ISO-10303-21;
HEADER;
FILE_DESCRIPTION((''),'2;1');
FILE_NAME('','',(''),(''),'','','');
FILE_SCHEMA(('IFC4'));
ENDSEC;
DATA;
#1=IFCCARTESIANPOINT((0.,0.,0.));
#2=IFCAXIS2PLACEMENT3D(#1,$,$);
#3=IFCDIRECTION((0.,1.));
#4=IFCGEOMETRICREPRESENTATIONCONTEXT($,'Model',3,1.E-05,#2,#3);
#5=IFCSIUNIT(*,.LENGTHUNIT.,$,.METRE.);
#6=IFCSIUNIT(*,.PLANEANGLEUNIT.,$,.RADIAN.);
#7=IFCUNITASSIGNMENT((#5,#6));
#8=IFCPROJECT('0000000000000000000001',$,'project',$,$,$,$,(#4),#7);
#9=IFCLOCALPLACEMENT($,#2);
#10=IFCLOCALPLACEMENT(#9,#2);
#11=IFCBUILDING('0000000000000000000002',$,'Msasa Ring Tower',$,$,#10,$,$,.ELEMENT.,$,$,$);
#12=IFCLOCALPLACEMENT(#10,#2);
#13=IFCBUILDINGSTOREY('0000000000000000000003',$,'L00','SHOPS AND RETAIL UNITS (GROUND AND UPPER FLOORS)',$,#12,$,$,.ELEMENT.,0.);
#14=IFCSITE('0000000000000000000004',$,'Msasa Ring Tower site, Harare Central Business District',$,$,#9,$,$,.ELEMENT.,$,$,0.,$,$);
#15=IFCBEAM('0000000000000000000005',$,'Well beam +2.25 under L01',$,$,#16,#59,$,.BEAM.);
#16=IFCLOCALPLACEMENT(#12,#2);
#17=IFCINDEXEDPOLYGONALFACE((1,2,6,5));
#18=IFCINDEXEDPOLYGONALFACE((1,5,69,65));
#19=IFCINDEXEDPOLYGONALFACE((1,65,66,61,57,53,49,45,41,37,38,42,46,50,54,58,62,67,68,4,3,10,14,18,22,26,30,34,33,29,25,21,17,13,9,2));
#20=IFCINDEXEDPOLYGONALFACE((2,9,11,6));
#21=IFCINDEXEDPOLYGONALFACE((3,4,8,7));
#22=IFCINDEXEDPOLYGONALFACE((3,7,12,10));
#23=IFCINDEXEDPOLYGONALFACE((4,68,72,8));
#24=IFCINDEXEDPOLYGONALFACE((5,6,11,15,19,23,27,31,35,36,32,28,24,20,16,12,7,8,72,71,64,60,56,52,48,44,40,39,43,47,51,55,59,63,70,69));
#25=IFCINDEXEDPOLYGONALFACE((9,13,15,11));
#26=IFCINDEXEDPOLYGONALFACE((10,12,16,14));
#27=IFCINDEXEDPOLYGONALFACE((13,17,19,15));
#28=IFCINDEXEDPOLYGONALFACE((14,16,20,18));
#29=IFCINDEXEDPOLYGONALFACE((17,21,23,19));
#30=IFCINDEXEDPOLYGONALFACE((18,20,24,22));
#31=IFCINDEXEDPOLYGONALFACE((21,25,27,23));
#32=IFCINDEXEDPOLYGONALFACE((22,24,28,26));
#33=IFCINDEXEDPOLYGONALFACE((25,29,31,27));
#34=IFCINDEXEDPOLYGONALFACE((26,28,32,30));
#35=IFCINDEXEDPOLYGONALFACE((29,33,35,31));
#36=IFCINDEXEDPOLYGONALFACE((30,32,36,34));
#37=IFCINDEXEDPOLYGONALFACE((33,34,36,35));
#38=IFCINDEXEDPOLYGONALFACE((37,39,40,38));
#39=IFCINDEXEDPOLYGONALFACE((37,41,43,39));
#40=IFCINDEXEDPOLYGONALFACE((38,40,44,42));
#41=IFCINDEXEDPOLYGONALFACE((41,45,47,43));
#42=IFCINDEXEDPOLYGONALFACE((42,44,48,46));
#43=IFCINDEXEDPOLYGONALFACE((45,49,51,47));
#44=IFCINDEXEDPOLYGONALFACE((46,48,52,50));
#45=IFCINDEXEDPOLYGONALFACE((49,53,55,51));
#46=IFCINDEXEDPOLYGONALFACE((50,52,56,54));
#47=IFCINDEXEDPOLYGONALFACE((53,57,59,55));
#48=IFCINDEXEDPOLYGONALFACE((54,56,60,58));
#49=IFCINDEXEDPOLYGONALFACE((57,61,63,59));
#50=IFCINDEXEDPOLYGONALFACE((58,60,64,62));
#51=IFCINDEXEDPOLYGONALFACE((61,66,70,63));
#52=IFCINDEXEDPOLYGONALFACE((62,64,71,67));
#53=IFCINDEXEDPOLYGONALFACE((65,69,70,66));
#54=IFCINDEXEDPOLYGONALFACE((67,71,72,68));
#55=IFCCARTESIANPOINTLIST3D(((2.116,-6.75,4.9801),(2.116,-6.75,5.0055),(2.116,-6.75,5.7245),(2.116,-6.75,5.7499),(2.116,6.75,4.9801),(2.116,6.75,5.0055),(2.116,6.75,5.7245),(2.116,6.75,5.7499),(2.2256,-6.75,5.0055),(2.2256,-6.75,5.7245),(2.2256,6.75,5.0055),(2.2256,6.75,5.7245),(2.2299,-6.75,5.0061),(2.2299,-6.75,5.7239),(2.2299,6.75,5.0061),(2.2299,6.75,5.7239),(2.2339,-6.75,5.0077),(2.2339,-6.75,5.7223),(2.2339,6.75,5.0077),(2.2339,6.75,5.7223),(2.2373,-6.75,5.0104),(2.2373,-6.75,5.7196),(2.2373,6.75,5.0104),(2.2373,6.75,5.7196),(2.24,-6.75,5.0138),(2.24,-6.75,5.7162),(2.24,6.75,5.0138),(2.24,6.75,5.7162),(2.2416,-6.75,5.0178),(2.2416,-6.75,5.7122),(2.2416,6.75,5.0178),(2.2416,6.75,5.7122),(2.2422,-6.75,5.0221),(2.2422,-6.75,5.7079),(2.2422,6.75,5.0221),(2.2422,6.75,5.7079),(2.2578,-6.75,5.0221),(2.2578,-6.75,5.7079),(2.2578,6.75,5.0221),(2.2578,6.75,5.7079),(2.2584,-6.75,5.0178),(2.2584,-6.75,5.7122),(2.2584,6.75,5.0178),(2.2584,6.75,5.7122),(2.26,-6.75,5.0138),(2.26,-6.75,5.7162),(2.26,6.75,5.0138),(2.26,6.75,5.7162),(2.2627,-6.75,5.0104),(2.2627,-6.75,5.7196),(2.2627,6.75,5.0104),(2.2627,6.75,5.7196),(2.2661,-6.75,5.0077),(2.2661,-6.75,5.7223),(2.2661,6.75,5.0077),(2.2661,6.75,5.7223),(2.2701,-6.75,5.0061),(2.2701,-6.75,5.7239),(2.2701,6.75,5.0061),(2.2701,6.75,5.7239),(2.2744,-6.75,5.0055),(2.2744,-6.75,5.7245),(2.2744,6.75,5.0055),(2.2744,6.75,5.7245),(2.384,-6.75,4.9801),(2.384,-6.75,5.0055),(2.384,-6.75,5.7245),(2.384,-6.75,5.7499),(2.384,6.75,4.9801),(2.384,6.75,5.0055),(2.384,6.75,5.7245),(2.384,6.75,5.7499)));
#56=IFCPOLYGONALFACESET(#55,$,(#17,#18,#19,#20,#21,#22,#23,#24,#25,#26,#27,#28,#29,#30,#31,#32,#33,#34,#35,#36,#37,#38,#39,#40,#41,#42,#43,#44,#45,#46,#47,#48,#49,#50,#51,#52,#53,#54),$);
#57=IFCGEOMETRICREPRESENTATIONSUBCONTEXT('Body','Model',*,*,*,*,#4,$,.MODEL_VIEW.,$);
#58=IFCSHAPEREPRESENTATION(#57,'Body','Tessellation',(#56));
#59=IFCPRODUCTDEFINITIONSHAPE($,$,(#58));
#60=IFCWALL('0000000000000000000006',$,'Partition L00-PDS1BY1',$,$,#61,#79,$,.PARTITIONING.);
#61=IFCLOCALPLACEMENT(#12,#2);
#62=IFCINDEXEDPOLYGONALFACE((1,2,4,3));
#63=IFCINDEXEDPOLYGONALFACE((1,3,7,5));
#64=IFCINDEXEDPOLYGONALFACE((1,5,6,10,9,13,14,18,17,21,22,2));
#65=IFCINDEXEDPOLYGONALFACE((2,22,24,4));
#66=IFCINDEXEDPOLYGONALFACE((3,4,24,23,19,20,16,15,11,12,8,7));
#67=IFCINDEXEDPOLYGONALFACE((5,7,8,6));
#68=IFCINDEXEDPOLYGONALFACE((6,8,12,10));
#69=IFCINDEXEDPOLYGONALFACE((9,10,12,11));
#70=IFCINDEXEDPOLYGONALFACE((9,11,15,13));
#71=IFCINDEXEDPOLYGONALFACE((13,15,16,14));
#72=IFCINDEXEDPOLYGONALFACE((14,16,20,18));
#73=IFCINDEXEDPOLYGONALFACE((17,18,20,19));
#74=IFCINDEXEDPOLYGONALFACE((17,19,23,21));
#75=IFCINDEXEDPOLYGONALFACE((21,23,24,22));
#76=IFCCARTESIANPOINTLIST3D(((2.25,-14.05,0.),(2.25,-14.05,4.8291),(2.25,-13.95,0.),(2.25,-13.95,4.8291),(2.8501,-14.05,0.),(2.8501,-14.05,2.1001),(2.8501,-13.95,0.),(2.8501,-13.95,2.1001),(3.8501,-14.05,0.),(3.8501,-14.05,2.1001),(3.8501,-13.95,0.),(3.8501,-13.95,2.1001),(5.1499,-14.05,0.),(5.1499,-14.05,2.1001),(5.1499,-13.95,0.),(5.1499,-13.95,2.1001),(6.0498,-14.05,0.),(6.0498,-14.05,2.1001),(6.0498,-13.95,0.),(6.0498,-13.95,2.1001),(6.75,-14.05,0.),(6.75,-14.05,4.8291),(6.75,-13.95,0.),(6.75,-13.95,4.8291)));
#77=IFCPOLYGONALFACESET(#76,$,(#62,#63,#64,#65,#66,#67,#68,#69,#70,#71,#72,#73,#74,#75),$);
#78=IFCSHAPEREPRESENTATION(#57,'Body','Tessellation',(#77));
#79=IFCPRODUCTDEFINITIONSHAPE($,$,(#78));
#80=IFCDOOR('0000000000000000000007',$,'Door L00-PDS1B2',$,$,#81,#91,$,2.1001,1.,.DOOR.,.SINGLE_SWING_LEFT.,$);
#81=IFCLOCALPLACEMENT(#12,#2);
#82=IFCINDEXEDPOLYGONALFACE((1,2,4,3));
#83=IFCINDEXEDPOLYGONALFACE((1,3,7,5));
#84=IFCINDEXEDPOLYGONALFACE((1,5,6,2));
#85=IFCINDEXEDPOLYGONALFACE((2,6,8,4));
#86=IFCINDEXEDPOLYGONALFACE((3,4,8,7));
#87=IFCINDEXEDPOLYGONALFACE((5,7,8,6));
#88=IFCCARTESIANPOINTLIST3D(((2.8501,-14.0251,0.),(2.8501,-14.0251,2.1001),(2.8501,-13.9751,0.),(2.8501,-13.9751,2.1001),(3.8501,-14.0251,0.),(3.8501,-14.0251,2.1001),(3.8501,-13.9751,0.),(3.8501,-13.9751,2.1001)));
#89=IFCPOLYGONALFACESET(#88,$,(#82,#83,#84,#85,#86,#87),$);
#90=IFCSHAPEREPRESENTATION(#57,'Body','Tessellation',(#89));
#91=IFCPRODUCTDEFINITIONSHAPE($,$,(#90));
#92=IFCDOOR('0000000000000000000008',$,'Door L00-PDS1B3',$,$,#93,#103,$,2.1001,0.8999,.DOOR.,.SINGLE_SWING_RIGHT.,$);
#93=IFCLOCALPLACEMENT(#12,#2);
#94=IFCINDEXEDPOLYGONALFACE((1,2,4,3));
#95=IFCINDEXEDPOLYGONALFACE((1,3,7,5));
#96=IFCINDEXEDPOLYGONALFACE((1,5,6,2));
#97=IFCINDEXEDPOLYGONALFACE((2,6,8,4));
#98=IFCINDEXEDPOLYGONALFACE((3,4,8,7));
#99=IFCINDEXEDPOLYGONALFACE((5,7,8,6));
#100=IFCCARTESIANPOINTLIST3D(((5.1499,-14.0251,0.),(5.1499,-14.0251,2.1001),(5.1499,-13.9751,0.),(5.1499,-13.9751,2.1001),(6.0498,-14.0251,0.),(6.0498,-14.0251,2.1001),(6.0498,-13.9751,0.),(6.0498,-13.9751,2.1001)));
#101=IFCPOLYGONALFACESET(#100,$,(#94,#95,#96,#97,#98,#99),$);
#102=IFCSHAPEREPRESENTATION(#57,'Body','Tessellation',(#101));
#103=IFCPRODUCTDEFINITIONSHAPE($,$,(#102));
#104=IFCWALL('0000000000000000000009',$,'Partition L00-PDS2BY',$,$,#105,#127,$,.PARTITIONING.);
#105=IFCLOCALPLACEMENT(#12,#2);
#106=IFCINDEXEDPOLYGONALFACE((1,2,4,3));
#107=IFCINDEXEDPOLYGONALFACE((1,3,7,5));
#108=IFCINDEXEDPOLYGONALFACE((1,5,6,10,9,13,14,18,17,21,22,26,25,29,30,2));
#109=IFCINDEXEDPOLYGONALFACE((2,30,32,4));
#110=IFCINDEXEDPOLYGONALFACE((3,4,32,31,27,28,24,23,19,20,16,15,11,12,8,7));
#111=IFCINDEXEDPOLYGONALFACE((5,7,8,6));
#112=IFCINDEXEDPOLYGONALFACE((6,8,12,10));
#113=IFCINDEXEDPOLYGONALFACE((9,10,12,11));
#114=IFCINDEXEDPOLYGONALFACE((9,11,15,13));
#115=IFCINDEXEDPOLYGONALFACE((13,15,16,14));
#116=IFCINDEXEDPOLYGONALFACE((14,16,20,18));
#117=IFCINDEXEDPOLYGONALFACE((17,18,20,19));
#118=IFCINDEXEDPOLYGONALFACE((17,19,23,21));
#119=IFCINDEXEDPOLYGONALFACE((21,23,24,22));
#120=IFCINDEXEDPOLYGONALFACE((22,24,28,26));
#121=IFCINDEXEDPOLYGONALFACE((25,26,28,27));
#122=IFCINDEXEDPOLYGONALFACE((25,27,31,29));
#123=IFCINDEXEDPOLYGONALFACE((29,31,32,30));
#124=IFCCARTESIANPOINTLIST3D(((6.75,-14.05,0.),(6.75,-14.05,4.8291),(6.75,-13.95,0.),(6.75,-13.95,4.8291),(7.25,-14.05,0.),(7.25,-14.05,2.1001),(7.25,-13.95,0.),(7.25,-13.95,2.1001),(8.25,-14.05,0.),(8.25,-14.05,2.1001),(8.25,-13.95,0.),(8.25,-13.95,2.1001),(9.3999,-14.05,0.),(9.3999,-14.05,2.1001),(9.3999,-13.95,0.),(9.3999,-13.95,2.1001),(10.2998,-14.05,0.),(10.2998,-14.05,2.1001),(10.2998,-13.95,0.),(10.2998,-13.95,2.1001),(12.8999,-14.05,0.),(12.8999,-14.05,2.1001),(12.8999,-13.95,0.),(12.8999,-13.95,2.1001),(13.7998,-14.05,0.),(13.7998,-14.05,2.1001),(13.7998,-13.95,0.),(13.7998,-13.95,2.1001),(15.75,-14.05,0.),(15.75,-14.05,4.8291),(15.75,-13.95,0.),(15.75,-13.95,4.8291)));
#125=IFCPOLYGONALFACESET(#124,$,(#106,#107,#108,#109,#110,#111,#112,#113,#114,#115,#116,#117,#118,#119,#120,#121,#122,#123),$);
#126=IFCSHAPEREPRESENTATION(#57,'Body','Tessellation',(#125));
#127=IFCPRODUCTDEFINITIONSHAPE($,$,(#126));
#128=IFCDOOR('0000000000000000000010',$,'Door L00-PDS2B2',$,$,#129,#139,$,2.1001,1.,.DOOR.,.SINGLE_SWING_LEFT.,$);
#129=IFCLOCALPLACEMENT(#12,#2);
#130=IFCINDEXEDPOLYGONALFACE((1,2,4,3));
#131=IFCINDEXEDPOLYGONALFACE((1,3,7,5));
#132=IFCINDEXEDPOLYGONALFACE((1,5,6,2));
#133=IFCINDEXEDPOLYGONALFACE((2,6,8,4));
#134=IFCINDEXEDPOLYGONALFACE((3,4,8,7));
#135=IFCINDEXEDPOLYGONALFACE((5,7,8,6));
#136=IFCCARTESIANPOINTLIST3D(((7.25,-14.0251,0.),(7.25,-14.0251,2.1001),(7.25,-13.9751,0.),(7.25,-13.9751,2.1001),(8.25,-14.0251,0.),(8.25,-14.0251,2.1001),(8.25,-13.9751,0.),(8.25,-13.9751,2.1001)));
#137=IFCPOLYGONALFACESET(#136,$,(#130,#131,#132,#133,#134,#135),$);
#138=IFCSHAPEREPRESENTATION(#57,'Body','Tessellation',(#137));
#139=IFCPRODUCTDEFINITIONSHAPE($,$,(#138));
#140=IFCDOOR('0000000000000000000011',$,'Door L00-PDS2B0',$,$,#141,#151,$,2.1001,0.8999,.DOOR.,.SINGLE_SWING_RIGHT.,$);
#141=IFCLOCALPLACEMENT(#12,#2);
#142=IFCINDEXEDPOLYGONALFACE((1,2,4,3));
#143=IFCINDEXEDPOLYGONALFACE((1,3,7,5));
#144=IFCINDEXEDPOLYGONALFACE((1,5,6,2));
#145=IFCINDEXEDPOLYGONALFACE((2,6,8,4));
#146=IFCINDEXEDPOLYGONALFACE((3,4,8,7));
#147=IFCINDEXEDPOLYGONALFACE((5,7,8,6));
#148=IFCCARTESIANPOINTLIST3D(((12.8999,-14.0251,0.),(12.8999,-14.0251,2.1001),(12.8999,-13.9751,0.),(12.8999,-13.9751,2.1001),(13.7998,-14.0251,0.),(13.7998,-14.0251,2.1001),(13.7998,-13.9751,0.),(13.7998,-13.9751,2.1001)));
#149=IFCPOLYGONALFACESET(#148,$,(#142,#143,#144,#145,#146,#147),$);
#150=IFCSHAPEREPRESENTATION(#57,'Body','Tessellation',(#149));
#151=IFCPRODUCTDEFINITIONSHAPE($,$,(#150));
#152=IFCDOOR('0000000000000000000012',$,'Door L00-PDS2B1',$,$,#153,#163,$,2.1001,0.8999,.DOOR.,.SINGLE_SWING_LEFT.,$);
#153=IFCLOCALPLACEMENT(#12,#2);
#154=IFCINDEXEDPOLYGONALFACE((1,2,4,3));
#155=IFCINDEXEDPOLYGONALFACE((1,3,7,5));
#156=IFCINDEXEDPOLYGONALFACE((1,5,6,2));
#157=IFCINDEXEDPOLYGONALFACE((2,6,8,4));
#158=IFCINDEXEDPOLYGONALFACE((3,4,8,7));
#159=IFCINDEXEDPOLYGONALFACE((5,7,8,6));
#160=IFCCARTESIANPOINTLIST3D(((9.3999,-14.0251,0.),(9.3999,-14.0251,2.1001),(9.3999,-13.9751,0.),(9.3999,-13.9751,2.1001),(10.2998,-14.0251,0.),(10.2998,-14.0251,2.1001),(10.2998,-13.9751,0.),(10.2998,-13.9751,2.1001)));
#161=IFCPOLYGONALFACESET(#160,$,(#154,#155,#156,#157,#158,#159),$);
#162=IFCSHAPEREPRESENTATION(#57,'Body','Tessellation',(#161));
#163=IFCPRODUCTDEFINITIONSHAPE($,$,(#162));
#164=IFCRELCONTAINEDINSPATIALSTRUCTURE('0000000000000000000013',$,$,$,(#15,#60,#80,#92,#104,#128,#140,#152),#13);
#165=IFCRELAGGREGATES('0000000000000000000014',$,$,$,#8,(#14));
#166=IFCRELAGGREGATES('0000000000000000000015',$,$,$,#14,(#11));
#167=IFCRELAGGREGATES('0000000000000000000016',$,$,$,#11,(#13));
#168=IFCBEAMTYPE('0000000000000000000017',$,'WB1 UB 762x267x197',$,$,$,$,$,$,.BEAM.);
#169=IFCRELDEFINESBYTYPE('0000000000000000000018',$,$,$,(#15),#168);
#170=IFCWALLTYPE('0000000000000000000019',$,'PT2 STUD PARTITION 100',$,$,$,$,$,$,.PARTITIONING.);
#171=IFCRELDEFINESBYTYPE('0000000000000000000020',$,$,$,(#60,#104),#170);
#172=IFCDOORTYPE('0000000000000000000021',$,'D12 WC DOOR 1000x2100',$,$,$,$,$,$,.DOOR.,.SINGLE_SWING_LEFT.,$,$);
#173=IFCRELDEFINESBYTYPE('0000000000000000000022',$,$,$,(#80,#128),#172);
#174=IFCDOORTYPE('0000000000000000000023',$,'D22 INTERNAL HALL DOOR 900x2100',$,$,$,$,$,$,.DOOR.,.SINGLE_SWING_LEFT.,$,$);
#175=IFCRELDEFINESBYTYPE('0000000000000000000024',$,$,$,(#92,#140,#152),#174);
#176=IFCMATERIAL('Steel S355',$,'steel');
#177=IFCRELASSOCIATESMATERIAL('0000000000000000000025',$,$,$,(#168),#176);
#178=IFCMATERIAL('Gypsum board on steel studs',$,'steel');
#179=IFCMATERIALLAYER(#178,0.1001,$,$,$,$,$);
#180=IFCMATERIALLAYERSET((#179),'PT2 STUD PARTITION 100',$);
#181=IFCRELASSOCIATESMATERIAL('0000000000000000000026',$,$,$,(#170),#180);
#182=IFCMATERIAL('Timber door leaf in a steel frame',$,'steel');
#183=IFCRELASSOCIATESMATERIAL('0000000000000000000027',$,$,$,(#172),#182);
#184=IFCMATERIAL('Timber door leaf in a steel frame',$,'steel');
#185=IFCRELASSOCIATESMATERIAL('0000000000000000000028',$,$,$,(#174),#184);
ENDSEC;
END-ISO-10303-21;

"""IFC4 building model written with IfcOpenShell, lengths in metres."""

from ifc_helpers import new_model, si_unit, direction, frame, frame_2d, origin, origin_2d, place, context, subcontext, project, spatial, rectangle, i_section, extrude, material, layer, layer_set, material_profile, profile_set, type_object, element, fill, save


model = new_model("IFC4")

# Units and contexts
model_context = context("Model", 3, precision=1e-05, world=origin(), true_north=direction((0.0, 1.0)))
body_context = subcontext(model_context, "Body", "Model", "MODEL_VIEW")
ifc_project = project(units=[si_unit("LENGTHUNIT", "METRE"), si_unit("PLANEANGLEUNIT", "RADIAN")], contexts=[model_context])

# Site, building, storey
site_placement = place(None, origin())
site = spatial("IfcSite", under=ifc_project, at=site_placement, Name="Msasa Ring Tower site, Harare Central Business District", CompositionType="ELEMENT", RefElevation=0.0)
building_placement = place(site_placement, origin())
building = spatial("IfcBuilding", under=site, at=building_placement, Name="Msasa Ring Tower", CompositionType="ELEMENT")
storey_placement = place(building_placement, origin())
storey = spatial("IfcBuildingStorey", under=building, at=storey_placement, Name="L00", Description="SHOPS AND RETAIL UNITS (GROUND AND UPPER FLOORS)", CompositionType="ELEMENT", Elevation=0.0)

# Beam
ifc_material_1 = material(Name="Steel S355", Category="steel")
ifc_material_profile_1 = material_profile(ifc_material_1, i_section(OverallWidth=0.2681, OverallDepth=0.7698, WebThickness=0.0156, FlangeThickness=0.0254, FilletRadius=0.0166, at=origin_2d()), Name="UB 762x267x197")
ifc_profile_set_1 = profile_set([ifc_material_profile_1], Name="Steel S355")
beam_type_1 = type_object("IfcBeamType", Name="WB1 UB 762x267x197", PredefinedType="BEAM", material=ifc_profile_set_1)
beam_1_placement = place(storey_placement, frame((2.25, -6.75, 5.365), z_axis=(0.0, 1.0, 0.0), x_axis=(-1.0, 0.0, 0.0)))
element("IfcBeam", 1, at=beam_1_placement, inside=storey, type_object=beam_type_1, Name="Well beam +2.25 under L01", PredefinedType="BEAM", context=body_context, shape_type="SweptSolid", body=[
    extrude(i_section(OverallWidth=0.2681, OverallDepth=0.7698, WebThickness=0.0156, FlangeThickness=0.0254, FilletRadius=0.0166, at=origin_2d()), origin(), (0.0, 0.0, 1.0), 13.5),
])

# Walls, openings, doors
ifc_material_2 = material(Name="Gypsum board on steel studs", Category="steel")
ifc_layer_1 = layer(ifc_material_2, 0.1001)
ifc_layer_set_1 = layer_set([ifc_layer_1], Name="PT2 STUD PARTITION 100")
wall_type_1 = type_object("IfcWallType", Name="PT2 STUD PARTITION 100", PredefinedType="PARTITIONING", material=ifc_layer_set_1)
wall_1_placement = place(storey_placement, frame((2.25, -14.0, 0.0), z_axis=(0.0, 0.0, 1.0), x_axis=(1.0, 0.0, 0.0)))
wall_1 = element("IfcWall", 2, at=wall_1_placement, inside=storey, type_object=wall_type_1, Name="Partition L00-PDS1BY1", PredefinedType="PARTITIONING", context=body_context, shape_type="SweptSolid", body=[
    extrude(rectangle(XDim=4.5, YDim=0.1001, at=frame_2d((2.25, 0.0))), origin(), (0.0, 0.0, 1.0), 4.8291),
])
opening_1_placement = place(wall_1_placement, frame((0.6001, 0.0, 0.0)))
opening_1 = element("IfcOpeningElement", 3, at=opening_1_placement, cuts=wall_1, PredefinedType="OPENING", context=body_context, shape_type="SweptSolid", body=[
    extrude(rectangle(XDim=1.0, YDim=2.1001, at=frame_2d((0.5, 1.05))), frame((0.0, 0.0601, 0.0), z_axis=(0.0, -1.0, 0.0), x_axis=(1.0, 0.0, 0.0)), (0.0, 0.0, 1.0), 0.1201),
])
opening_2_placement = place(wall_1_placement, frame((2.8999, 0.0, 0.0)))
opening_2 = element("IfcOpeningElement", 4, at=opening_2_placement, cuts=wall_1, PredefinedType="OPENING", context=body_context, shape_type="SweptSolid", body=[
    extrude(rectangle(XDim=0.8999, YDim=2.1001, at=frame_2d((0.45, 1.05))), frame((0.0, 0.0601, 0.0), z_axis=(0.0, -1.0, 0.0), x_axis=(1.0, 0.0, 0.0)), (0.0, 0.0, 1.0), 0.1201),
])
ifc_material_3 = material(Name="Timber door leaf in a steel frame", Category="steel")
door_type_1 = type_object("IfcDoorType", Name="D12 WC DOOR 1000x2100", OperationType="SINGLE_SWING_LEFT", PredefinedType="DOOR", material=ifc_material_3)
door_1_placement = place(opening_1_placement, origin())
door_1 = element("IfcDoor", 5, at=door_1_placement, inside=storey, type_object=door_type_1, Name="Door L00-PDS1B2", OperationType="SINGLE_SWING_LEFT", OverallHeight=2.1001, OverallWidth=1.0, PredefinedType="DOOR", context=body_context, shape_type="SweptSolid", body=[
    extrude(rectangle(XDim=1.0, YDim=2.1001, at=frame_2d((0.5, 1.05))), frame((0.0, 0.0249, 0.0), z_axis=(0.0, -1.0, 0.0), x_axis=(1.0, 0.0, 0.0)), (0.0, 0.0, 1.0), 0.05),
])
fill(opening_1, door_1)
ifc_material_4 = material(Name="Timber door leaf in a steel frame", Category="steel")
door_type_2 = type_object("IfcDoorType", Name="D22 INTERNAL HALL DOOR 900x2100", OperationType="SINGLE_SWING_LEFT", PredefinedType="DOOR", material=ifc_material_4)
door_2_placement = place(opening_2_placement, origin())
door_2 = element("IfcDoor", 6, at=door_2_placement, inside=storey, type_object=door_type_2, Name="Door L00-PDS1B3", OperationType="SINGLE_SWING_RIGHT", OverallHeight=2.1001, OverallWidth=0.8999, PredefinedType="DOOR", context=body_context, shape_type="SweptSolid", body=[
    extrude(rectangle(XDim=0.8999, YDim=2.1001, at=frame_2d((0.45, 1.05))), frame((0.0, 0.0249, 0.0), z_axis=(0.0, -1.0, 0.0), x_axis=(1.0, 0.0, 0.0)), (0.0, 0.0, 1.0), 0.05),
])
fill(opening_2, door_2)
wall_2_placement = place(storey_placement, frame((6.75, -14.0, 0.0), z_axis=(0.0, 0.0, 1.0), x_axis=(1.0, 0.0, 0.0)))
wall_2 = element("IfcWall", 7, at=wall_2_placement, inside=storey, type_object=wall_type_1, Name="Partition L00-PDS2BY", PredefinedType="PARTITIONING", context=body_context, shape_type="SweptSolid", body=[
    extrude(rectangle(XDim=9.0, YDim=0.1001, at=frame_2d((4.5, 0.0))), origin(), (0.0, 0.0, 1.0), 4.8291),
])
opening_3_placement = place(wall_2_placement, frame((6.1499, 0.0, 0.0)))
opening_3 = element("IfcOpeningElement", 8, at=opening_3_placement, cuts=wall_2, PredefinedType="OPENING", context=body_context, shape_type="SweptSolid", body=[
    extrude(rectangle(XDim=0.8999, YDim=2.1001, at=frame_2d((0.45, 1.05))), frame((0.0, 0.0601, 0.0), z_axis=(0.0, -1.0, 0.0), x_axis=(1.0, 0.0, 0.0)), (0.0, 0.0, 1.0), 0.1201),
])
opening_4_placement = place(wall_2_placement, frame((2.6499, 0.0, 0.0)))
opening_4 = element("IfcOpeningElement", 9, at=opening_4_placement, cuts=wall_2, PredefinedType="OPENING", context=body_context, shape_type="SweptSolid", body=[
    extrude(rectangle(XDim=0.8999, YDim=2.1001, at=frame_2d((0.45, 1.05))), frame((0.0, 0.0601, 0.0), z_axis=(0.0, -1.0, 0.0), x_axis=(1.0, 0.0, 0.0)), (0.0, 0.0, 1.0), 0.1201),
])
opening_5_placement = place(wall_2_placement, frame((0.5, 0.0, 0.0)))
opening_5 = element("IfcOpeningElement", 10, at=opening_5_placement, cuts=wall_2, PredefinedType="OPENING", context=body_context, shape_type="SweptSolid", body=[
    extrude(rectangle(XDim=1.0, YDim=2.1001, at=frame_2d((0.5, 1.05))), frame((0.0, 0.0601, 0.0), z_axis=(0.0, -1.0, 0.0), x_axis=(1.0, 0.0, 0.0)), (0.0, 0.0, 1.0), 0.1201),
])
door_3_placement = place(opening_5_placement, origin())
door_3 = element("IfcDoor", 11, at=door_3_placement, inside=storey, type_object=door_type_1, Name="Door L00-PDS2B2", OperationType="SINGLE_SWING_LEFT", OverallHeight=2.1001, OverallWidth=1.0, PredefinedType="DOOR", context=body_context, shape_type="SweptSolid", body=[
    extrude(rectangle(XDim=1.0, YDim=2.1001, at=frame_2d((0.5, 1.05))), frame((0.0, 0.0249, 0.0), z_axis=(0.0, -1.0, 0.0), x_axis=(1.0, 0.0, 0.0)), (0.0, 0.0, 1.0), 0.05),
])
fill(opening_5, door_3)
door_4_placement = place(opening_3_placement, origin())
door_4 = element("IfcDoor", 12, at=door_4_placement, inside=storey, type_object=door_type_2, Name="Door L00-PDS2B0", OperationType="SINGLE_SWING_RIGHT", OverallHeight=2.1001, OverallWidth=0.8999, PredefinedType="DOOR", context=body_context, shape_type="SweptSolid", body=[
    extrude(rectangle(XDim=0.8999, YDim=2.1001, at=frame_2d((0.45, 1.05))), frame((0.0, 0.0249, 0.0), z_axis=(0.0, -1.0, 0.0), x_axis=(1.0, 0.0, 0.0)), (0.0, 0.0, 1.0), 0.05),
])
fill(opening_3, door_4)
door_5_placement = place(opening_4_placement, origin())
door_5 = element("IfcDoor", 13, at=door_5_placement, inside=storey, type_object=door_type_2, Name="Door L00-PDS2B1", OperationType="SINGLE_SWING_LEFT", OverallHeight=2.1001, OverallWidth=0.8999, PredefinedType="DOOR", context=body_context, shape_type="SweptSolid", body=[
    extrude(rectangle(XDim=0.8999, YDim=2.1001, at=frame_2d((0.45, 1.05))), frame((0.0, 0.0249, 0.0), z_axis=(0.0, -1.0, 0.0), x_axis=(1.0, 0.0, 0.0)), (0.0, 0.0, 1.0), 0.05),
])
fill(opening_4, door_5)

save(model, "model.ifc")
